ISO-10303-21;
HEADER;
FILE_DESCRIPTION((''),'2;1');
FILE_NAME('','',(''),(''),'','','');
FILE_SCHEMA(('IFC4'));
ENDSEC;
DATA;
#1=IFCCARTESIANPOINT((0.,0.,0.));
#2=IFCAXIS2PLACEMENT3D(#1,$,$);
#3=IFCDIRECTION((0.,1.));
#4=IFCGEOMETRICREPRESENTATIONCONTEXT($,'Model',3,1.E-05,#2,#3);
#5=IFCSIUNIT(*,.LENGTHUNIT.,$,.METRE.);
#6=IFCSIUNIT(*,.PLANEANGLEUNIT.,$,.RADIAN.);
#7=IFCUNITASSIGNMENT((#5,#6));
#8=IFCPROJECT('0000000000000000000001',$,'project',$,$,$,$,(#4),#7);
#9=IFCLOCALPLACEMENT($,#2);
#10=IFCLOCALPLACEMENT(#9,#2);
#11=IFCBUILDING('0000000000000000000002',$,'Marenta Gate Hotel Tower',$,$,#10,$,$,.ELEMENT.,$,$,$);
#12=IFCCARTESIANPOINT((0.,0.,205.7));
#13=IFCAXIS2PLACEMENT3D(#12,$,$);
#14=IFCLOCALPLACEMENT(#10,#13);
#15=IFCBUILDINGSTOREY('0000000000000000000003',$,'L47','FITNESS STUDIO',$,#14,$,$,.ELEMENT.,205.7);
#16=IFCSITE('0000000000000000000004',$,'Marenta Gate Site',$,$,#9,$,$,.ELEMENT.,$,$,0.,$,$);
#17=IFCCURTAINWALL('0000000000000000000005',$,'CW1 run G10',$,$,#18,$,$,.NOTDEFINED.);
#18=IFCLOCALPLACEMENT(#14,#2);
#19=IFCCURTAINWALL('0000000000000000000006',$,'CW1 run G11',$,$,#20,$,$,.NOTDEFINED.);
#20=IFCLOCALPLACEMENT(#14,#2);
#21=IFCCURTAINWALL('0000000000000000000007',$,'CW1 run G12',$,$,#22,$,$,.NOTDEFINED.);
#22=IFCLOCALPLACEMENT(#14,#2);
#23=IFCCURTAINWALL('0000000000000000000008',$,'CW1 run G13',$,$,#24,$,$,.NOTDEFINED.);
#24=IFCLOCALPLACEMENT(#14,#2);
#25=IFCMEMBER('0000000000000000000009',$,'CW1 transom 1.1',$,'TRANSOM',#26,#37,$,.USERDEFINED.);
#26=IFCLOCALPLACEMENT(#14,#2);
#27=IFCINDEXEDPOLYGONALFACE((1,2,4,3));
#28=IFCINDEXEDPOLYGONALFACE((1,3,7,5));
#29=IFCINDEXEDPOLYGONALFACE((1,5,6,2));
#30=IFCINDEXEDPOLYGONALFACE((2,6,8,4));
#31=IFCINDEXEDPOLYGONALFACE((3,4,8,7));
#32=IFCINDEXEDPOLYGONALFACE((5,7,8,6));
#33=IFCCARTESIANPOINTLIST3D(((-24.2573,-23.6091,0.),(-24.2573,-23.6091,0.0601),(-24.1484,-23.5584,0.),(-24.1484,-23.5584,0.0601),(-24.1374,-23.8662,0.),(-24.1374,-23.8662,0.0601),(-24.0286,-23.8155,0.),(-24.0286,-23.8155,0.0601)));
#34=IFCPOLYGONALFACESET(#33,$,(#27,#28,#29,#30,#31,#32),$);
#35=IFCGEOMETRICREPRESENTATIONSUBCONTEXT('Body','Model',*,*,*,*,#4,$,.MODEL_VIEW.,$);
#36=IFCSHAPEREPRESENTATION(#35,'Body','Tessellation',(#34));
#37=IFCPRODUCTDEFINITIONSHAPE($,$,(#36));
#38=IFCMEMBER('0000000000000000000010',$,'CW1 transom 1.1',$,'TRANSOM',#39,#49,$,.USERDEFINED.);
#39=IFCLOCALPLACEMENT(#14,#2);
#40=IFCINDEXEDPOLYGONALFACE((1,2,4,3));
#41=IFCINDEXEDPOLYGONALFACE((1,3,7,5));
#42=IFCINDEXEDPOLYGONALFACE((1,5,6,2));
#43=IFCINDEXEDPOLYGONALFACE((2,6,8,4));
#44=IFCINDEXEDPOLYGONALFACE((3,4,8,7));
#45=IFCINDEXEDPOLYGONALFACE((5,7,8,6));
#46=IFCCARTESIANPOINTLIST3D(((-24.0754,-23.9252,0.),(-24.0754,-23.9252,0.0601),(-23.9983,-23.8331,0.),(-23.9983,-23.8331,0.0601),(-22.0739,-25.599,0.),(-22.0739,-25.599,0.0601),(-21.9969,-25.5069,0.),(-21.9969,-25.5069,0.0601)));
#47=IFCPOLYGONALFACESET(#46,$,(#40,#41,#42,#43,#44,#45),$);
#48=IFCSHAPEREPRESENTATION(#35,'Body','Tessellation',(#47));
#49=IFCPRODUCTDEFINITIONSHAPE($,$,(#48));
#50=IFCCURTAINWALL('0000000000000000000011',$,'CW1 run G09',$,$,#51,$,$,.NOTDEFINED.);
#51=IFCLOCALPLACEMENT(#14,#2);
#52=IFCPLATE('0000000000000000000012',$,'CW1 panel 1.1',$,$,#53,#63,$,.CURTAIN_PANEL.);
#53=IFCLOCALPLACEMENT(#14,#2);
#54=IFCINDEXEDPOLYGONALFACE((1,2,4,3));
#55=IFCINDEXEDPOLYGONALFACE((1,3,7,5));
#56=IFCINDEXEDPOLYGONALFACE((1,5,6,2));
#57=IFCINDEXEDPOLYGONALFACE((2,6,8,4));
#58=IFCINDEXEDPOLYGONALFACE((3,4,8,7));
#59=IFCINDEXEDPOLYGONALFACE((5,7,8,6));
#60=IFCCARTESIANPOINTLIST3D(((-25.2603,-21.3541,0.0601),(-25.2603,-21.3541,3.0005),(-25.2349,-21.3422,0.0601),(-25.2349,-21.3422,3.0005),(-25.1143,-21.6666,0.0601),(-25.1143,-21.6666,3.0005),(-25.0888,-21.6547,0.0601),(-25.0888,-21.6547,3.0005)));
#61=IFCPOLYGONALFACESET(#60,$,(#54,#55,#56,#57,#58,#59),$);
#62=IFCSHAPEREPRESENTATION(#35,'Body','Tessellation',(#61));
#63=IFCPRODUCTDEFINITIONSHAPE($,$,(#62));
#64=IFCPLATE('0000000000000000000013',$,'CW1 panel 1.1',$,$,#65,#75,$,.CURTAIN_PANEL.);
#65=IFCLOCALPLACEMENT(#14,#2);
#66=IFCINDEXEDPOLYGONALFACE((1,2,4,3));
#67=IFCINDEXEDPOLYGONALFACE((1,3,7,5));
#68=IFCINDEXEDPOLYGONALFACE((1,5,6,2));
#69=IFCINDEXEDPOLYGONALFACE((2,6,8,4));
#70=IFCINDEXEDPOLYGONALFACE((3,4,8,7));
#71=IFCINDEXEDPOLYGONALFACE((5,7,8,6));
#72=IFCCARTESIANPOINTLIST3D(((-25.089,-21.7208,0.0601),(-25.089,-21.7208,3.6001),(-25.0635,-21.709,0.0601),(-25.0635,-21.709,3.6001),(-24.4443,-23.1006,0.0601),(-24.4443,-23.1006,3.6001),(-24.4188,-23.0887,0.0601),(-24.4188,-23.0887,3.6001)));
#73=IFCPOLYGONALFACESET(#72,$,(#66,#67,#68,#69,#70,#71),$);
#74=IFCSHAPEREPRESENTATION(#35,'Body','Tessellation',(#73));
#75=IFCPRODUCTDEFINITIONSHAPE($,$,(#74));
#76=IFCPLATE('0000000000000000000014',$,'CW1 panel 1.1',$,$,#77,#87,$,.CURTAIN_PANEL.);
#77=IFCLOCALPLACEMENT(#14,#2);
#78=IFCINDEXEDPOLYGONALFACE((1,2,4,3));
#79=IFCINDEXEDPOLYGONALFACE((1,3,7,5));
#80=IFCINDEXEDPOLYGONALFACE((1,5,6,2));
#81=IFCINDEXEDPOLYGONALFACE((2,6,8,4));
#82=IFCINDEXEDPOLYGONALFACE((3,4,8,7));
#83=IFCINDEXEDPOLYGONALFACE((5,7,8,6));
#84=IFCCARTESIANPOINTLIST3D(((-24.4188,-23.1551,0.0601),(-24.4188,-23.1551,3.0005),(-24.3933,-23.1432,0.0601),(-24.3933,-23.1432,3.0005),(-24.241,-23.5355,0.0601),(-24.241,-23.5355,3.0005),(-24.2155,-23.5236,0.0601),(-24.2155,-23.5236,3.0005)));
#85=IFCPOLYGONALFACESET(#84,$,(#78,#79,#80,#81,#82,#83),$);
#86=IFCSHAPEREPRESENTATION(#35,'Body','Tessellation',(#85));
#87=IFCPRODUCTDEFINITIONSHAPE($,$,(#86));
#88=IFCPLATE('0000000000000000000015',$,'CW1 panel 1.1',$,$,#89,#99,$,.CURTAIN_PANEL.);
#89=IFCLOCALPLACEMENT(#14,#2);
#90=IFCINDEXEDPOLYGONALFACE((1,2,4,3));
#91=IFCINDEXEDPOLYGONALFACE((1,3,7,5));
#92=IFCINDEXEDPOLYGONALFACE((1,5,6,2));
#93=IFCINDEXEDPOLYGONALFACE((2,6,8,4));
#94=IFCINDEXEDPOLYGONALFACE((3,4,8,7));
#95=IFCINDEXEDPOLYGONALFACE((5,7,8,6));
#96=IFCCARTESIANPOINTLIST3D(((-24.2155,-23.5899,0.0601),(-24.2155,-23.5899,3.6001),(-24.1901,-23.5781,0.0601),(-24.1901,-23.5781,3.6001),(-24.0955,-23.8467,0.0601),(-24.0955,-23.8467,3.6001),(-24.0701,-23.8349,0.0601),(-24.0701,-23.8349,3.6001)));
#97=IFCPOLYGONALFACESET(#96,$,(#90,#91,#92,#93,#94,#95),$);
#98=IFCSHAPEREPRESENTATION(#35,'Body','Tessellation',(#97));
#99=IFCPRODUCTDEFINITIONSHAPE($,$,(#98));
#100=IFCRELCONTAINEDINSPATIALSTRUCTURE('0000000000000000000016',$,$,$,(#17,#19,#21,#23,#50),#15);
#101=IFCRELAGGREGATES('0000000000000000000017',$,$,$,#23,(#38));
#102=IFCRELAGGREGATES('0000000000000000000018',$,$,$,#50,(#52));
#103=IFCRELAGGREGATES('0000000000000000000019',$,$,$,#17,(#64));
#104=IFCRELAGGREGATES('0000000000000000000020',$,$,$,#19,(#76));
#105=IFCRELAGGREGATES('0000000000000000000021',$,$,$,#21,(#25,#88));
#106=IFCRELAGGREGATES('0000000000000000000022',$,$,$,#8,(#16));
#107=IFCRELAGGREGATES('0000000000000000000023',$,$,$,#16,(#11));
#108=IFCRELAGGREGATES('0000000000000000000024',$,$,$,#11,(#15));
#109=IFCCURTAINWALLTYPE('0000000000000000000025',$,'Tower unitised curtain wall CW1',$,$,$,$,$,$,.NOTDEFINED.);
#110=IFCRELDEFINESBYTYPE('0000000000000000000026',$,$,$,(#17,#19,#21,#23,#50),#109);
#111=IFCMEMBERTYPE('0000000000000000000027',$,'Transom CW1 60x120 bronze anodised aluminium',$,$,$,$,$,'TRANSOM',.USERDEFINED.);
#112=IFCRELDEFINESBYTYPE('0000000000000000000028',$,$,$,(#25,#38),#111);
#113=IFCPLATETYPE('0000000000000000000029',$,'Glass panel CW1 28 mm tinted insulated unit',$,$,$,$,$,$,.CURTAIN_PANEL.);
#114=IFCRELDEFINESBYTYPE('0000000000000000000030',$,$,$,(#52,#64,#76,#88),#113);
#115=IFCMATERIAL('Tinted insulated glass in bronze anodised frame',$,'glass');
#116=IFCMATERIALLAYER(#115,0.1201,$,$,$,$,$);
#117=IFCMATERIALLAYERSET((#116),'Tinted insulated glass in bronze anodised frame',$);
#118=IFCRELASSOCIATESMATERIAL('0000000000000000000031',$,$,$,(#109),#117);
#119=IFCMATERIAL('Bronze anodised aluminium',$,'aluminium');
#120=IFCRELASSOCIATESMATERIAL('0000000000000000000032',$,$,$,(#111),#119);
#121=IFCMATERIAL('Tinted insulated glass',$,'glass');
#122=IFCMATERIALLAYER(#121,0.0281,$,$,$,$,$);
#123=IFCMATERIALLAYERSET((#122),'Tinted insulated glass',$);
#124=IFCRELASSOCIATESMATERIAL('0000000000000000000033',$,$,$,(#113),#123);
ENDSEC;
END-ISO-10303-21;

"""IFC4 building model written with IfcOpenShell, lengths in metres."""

from ifc_helpers import new_model, si_unit, direction, frame, origin, origin_2d, place, context, subcontext, project, spatial, rectangle, extrude, material, layer, layer_set, material_profile, profile_set, type_object, element, aggregate, save


model = new_model("IFC4")

# Units and contexts
model_context = context("Model", 3, precision=1e-05, world=origin(), true_north=direction((0.0, 1.0)))
body_context = subcontext(model_context, "Body", "Model", "MODEL_VIEW")
ifc_project = project(units=[si_unit("LENGTHUNIT", "METRE"), si_unit("PLANEANGLEUNIT", "RADIAN")], contexts=[model_context])

# Site, building, storey
site_placement = place(None, origin())
site = spatial("IfcSite", under=ifc_project, at=site_placement, Name="Marenta Gate Site", CompositionType="ELEMENT", RefElevation=0.0)
building_placement = place(site_placement, origin())
building = spatial("IfcBuilding", under=site, at=building_placement, Name="Marenta Gate Hotel Tower", CompositionType="ELEMENT")
storey_placement = place(building_placement, frame((0.0, 0.0, 205.7)))
storey = spatial("IfcBuildingStorey", under=building, at=storey_placement, Name="L47", Description="FITNESS STUDIO", CompositionType="ELEMENT", Elevation=205.7)

# Curtain walls
ifc_material_1 = material(Name="Tinted insulated glass in bronze anodised frame", Category="glass")
ifc_layer_1 = layer(ifc_material_1, 0.1201)
ifc_layer_set_1 = layer_set([ifc_layer_1], Name="Tinted insulated glass in bronze anodised frame")
curtain_wall_type = type_object("IfcCurtainWallType", Name="Tower unitised curtain wall CW1", PredefinedType="NOTDEFINED", material=ifc_layer_set_1)
curtain_wall_1_placement = place(storey_placement, origin())
curtain_wall_1 = element("IfcCurtainWall", 1, at=curtain_wall_1_placement, inside=storey, type_object=curtain_wall_type, Name="CW1 run G10", PredefinedType="NOTDEFINED")
curtain_wall_2_placement = place(storey_placement, origin())
curtain_wall_2 = element("IfcCurtainWall", 2, at=curtain_wall_2_placement, inside=storey, type_object=curtain_wall_type, Name="CW1 run G11", PredefinedType="NOTDEFINED")
curtain_wall_3_placement = place(storey_placement, origin())
curtain_wall_3 = element("IfcCurtainWall", 3, at=curtain_wall_3_placement, inside=storey, type_object=curtain_wall_type, Name="CW1 run G12", PredefinedType="NOTDEFINED")
curtain_wall_4_placement = place(storey_placement, origin())
curtain_wall_4 = element("IfcCurtainWall", 4, at=curtain_wall_4_placement, inside=storey, type_object=curtain_wall_type, Name="CW1 run G13", PredefinedType="NOTDEFINED")

# Members
ifc_material_2 = material(Name="Bronze anodised aluminium", Category="aluminium")
ifc_material_profile_1 = material_profile(ifc_material_2, rectangle(XDim=0.1201, YDim=0.0601, at=origin_2d()), Name="Transom CW1 60x120 bronze anodised aluminium")
ifc_profile_set_1 = profile_set([ifc_material_profile_1], Name="Bronze anodised aluminium")
member_type_1 = type_object("IfcMemberType", Name="Transom CW1 60x120 bronze anodised aluminium", ElementType="TRANSOM", PredefinedType="USERDEFINED", material=ifc_profile_set_1)
member_1_placement = place(storey_placement, frame((-24.2029, -23.5837, 0.03), z_axis=(0.422603, -0.906315, 0.0), x_axis=(0.906315, 0.422603, 0.0)))
member_1 = element("IfcMember", 5, at=member_1_placement, type_object=member_type_1, Name="CW1 transom 1.1", ObjectType="TRANSOM", PredefinedType="USERDEFINED", context=body_context, shape_type="SweptSolid", body=[
    extrude(rectangle(XDim=0.1201, YDim=0.0601, at=origin_2d()), origin(), (0.0, 0.0, 1.0), 0.2837),
])
member_2_placement = place(storey_placement, frame((-24.0369, -23.8792, 0.03), z_axis=(0.7671, -0.641527, 0.0), x_axis=(0.641527, 0.7671, 0.0)))
member_2 = element("IfcMember", 6, at=member_2_placement, type_object=member_type_1, Name="CW1 transom 1.1", ObjectType="TRANSOM", PredefinedType="USERDEFINED", context=body_context, shape_type="SweptSolid", body=[
    extrude(rectangle(XDim=0.1201, YDim=0.0601, at=origin_2d()), origin(), (0.0, 0.0, 1.0), 2.6091),
])
aggregate(curtain_wall_4, [member_2])

# Curtain wall, plate
curtain_wall_5_placement = place(storey_placement, origin())
curtain_wall_5 = element("IfcCurtainWall", 7, at=curtain_wall_5_placement, inside=storey, type_object=curtain_wall_type, Name="CW1 run G09", PredefinedType="NOTDEFINED")
ifc_material_3 = material(Name="Tinted insulated glass", Category="glass")
ifc_layer_2 = layer(ifc_material_3, 0.0281)
ifc_layer_set_2 = layer_set([ifc_layer_2], Name="Tinted insulated glass")
plate_type = type_object("IfcPlateType", Name="Glass panel CW1 28 mm tinted insulated unit", PredefinedType="CURTAIN_PANEL", material=ifc_layer_set_2)
plate_1_placement = place(storey_placement, frame((-25.1746, -21.5044, 0.0601), z_axis=(0.0, 0.0, 1.0), x_axis=(0.423345, -0.905968, 0.0)))
plate_1 = element("IfcPlate", 8, at=plate_1_placement, type_object=plate_type, Name="CW1 panel 1.1", PredefinedType="CURTAIN_PANEL", context=body_context, shape_type="SweptSolid", body=[
    extrude(rectangle(XDim=0.345, YDim=0.0281, at=origin_2d()), origin(), (0.0, 0.0, 1.0), 2.9404),
])
aggregate(curtain_wall_5, [plate_1])

# Plates
plate_2_placement = place(storey_placement, frame((-24.7539, -22.4048, 0.0601), z_axis=(0.0, 0.0, 1.0), x_axis=(0.423328, -0.905976, 0.0)))
plate_2 = element("IfcPlate", 9, at=plate_2_placement, type_object=plate_type, Name="CW1 panel 1.1", PredefinedType="CURTAIN_PANEL", context=body_context, shape_type="SweptSolid", body=[
    extrude(rectangle(XDim=1.5229, YDim=0.0281, at=origin_2d()), origin(), (0.0, 0.0, 1.0), 3.54),
])
aggregate(curtain_wall_1, [plate_2])
plate_3_placement = place(storey_placement, frame((-24.3171, -23.3394, 0.0601), z_axis=(0.0, 0.0, 1.0), x_axis=(0.423387, -0.905949, 0.0)))
plate_3 = element("IfcPlate", 10, at=plate_3_placement, type_object=plate_type, Name="CW1 panel 1.1", PredefinedType="CURTAIN_PANEL", context=body_context, shape_type="SweptSolid", body=[
    extrude(rectangle(XDim=0.4199, YDim=0.0281, at=origin_2d()), origin(), (0.0, 0.0, 1.0), 2.9404),
])
aggregate(curtain_wall_2, [plate_3])
plate_4_placement = place(storey_placement, frame((-24.1428, -23.7124, 0.0601), z_axis=(0.0, 0.0, 1.0), x_axis=(0.4233, -0.90599, 0.0)))
plate_4 = element("IfcPlate", 11, at=plate_4_placement, type_object=plate_type, Name="CW1 panel 1.1", PredefinedType="CURTAIN_PANEL", context=body_context, shape_type="SweptSolid", body=[
    extrude(rectangle(XDim=0.2834, YDim=0.0281, at=origin_2d()), origin(), (0.0, 0.0, 1.0), 3.54),
])
aggregate(curtain_wall_3, [member_1, plate_4])

save(model, "model.ifc")
